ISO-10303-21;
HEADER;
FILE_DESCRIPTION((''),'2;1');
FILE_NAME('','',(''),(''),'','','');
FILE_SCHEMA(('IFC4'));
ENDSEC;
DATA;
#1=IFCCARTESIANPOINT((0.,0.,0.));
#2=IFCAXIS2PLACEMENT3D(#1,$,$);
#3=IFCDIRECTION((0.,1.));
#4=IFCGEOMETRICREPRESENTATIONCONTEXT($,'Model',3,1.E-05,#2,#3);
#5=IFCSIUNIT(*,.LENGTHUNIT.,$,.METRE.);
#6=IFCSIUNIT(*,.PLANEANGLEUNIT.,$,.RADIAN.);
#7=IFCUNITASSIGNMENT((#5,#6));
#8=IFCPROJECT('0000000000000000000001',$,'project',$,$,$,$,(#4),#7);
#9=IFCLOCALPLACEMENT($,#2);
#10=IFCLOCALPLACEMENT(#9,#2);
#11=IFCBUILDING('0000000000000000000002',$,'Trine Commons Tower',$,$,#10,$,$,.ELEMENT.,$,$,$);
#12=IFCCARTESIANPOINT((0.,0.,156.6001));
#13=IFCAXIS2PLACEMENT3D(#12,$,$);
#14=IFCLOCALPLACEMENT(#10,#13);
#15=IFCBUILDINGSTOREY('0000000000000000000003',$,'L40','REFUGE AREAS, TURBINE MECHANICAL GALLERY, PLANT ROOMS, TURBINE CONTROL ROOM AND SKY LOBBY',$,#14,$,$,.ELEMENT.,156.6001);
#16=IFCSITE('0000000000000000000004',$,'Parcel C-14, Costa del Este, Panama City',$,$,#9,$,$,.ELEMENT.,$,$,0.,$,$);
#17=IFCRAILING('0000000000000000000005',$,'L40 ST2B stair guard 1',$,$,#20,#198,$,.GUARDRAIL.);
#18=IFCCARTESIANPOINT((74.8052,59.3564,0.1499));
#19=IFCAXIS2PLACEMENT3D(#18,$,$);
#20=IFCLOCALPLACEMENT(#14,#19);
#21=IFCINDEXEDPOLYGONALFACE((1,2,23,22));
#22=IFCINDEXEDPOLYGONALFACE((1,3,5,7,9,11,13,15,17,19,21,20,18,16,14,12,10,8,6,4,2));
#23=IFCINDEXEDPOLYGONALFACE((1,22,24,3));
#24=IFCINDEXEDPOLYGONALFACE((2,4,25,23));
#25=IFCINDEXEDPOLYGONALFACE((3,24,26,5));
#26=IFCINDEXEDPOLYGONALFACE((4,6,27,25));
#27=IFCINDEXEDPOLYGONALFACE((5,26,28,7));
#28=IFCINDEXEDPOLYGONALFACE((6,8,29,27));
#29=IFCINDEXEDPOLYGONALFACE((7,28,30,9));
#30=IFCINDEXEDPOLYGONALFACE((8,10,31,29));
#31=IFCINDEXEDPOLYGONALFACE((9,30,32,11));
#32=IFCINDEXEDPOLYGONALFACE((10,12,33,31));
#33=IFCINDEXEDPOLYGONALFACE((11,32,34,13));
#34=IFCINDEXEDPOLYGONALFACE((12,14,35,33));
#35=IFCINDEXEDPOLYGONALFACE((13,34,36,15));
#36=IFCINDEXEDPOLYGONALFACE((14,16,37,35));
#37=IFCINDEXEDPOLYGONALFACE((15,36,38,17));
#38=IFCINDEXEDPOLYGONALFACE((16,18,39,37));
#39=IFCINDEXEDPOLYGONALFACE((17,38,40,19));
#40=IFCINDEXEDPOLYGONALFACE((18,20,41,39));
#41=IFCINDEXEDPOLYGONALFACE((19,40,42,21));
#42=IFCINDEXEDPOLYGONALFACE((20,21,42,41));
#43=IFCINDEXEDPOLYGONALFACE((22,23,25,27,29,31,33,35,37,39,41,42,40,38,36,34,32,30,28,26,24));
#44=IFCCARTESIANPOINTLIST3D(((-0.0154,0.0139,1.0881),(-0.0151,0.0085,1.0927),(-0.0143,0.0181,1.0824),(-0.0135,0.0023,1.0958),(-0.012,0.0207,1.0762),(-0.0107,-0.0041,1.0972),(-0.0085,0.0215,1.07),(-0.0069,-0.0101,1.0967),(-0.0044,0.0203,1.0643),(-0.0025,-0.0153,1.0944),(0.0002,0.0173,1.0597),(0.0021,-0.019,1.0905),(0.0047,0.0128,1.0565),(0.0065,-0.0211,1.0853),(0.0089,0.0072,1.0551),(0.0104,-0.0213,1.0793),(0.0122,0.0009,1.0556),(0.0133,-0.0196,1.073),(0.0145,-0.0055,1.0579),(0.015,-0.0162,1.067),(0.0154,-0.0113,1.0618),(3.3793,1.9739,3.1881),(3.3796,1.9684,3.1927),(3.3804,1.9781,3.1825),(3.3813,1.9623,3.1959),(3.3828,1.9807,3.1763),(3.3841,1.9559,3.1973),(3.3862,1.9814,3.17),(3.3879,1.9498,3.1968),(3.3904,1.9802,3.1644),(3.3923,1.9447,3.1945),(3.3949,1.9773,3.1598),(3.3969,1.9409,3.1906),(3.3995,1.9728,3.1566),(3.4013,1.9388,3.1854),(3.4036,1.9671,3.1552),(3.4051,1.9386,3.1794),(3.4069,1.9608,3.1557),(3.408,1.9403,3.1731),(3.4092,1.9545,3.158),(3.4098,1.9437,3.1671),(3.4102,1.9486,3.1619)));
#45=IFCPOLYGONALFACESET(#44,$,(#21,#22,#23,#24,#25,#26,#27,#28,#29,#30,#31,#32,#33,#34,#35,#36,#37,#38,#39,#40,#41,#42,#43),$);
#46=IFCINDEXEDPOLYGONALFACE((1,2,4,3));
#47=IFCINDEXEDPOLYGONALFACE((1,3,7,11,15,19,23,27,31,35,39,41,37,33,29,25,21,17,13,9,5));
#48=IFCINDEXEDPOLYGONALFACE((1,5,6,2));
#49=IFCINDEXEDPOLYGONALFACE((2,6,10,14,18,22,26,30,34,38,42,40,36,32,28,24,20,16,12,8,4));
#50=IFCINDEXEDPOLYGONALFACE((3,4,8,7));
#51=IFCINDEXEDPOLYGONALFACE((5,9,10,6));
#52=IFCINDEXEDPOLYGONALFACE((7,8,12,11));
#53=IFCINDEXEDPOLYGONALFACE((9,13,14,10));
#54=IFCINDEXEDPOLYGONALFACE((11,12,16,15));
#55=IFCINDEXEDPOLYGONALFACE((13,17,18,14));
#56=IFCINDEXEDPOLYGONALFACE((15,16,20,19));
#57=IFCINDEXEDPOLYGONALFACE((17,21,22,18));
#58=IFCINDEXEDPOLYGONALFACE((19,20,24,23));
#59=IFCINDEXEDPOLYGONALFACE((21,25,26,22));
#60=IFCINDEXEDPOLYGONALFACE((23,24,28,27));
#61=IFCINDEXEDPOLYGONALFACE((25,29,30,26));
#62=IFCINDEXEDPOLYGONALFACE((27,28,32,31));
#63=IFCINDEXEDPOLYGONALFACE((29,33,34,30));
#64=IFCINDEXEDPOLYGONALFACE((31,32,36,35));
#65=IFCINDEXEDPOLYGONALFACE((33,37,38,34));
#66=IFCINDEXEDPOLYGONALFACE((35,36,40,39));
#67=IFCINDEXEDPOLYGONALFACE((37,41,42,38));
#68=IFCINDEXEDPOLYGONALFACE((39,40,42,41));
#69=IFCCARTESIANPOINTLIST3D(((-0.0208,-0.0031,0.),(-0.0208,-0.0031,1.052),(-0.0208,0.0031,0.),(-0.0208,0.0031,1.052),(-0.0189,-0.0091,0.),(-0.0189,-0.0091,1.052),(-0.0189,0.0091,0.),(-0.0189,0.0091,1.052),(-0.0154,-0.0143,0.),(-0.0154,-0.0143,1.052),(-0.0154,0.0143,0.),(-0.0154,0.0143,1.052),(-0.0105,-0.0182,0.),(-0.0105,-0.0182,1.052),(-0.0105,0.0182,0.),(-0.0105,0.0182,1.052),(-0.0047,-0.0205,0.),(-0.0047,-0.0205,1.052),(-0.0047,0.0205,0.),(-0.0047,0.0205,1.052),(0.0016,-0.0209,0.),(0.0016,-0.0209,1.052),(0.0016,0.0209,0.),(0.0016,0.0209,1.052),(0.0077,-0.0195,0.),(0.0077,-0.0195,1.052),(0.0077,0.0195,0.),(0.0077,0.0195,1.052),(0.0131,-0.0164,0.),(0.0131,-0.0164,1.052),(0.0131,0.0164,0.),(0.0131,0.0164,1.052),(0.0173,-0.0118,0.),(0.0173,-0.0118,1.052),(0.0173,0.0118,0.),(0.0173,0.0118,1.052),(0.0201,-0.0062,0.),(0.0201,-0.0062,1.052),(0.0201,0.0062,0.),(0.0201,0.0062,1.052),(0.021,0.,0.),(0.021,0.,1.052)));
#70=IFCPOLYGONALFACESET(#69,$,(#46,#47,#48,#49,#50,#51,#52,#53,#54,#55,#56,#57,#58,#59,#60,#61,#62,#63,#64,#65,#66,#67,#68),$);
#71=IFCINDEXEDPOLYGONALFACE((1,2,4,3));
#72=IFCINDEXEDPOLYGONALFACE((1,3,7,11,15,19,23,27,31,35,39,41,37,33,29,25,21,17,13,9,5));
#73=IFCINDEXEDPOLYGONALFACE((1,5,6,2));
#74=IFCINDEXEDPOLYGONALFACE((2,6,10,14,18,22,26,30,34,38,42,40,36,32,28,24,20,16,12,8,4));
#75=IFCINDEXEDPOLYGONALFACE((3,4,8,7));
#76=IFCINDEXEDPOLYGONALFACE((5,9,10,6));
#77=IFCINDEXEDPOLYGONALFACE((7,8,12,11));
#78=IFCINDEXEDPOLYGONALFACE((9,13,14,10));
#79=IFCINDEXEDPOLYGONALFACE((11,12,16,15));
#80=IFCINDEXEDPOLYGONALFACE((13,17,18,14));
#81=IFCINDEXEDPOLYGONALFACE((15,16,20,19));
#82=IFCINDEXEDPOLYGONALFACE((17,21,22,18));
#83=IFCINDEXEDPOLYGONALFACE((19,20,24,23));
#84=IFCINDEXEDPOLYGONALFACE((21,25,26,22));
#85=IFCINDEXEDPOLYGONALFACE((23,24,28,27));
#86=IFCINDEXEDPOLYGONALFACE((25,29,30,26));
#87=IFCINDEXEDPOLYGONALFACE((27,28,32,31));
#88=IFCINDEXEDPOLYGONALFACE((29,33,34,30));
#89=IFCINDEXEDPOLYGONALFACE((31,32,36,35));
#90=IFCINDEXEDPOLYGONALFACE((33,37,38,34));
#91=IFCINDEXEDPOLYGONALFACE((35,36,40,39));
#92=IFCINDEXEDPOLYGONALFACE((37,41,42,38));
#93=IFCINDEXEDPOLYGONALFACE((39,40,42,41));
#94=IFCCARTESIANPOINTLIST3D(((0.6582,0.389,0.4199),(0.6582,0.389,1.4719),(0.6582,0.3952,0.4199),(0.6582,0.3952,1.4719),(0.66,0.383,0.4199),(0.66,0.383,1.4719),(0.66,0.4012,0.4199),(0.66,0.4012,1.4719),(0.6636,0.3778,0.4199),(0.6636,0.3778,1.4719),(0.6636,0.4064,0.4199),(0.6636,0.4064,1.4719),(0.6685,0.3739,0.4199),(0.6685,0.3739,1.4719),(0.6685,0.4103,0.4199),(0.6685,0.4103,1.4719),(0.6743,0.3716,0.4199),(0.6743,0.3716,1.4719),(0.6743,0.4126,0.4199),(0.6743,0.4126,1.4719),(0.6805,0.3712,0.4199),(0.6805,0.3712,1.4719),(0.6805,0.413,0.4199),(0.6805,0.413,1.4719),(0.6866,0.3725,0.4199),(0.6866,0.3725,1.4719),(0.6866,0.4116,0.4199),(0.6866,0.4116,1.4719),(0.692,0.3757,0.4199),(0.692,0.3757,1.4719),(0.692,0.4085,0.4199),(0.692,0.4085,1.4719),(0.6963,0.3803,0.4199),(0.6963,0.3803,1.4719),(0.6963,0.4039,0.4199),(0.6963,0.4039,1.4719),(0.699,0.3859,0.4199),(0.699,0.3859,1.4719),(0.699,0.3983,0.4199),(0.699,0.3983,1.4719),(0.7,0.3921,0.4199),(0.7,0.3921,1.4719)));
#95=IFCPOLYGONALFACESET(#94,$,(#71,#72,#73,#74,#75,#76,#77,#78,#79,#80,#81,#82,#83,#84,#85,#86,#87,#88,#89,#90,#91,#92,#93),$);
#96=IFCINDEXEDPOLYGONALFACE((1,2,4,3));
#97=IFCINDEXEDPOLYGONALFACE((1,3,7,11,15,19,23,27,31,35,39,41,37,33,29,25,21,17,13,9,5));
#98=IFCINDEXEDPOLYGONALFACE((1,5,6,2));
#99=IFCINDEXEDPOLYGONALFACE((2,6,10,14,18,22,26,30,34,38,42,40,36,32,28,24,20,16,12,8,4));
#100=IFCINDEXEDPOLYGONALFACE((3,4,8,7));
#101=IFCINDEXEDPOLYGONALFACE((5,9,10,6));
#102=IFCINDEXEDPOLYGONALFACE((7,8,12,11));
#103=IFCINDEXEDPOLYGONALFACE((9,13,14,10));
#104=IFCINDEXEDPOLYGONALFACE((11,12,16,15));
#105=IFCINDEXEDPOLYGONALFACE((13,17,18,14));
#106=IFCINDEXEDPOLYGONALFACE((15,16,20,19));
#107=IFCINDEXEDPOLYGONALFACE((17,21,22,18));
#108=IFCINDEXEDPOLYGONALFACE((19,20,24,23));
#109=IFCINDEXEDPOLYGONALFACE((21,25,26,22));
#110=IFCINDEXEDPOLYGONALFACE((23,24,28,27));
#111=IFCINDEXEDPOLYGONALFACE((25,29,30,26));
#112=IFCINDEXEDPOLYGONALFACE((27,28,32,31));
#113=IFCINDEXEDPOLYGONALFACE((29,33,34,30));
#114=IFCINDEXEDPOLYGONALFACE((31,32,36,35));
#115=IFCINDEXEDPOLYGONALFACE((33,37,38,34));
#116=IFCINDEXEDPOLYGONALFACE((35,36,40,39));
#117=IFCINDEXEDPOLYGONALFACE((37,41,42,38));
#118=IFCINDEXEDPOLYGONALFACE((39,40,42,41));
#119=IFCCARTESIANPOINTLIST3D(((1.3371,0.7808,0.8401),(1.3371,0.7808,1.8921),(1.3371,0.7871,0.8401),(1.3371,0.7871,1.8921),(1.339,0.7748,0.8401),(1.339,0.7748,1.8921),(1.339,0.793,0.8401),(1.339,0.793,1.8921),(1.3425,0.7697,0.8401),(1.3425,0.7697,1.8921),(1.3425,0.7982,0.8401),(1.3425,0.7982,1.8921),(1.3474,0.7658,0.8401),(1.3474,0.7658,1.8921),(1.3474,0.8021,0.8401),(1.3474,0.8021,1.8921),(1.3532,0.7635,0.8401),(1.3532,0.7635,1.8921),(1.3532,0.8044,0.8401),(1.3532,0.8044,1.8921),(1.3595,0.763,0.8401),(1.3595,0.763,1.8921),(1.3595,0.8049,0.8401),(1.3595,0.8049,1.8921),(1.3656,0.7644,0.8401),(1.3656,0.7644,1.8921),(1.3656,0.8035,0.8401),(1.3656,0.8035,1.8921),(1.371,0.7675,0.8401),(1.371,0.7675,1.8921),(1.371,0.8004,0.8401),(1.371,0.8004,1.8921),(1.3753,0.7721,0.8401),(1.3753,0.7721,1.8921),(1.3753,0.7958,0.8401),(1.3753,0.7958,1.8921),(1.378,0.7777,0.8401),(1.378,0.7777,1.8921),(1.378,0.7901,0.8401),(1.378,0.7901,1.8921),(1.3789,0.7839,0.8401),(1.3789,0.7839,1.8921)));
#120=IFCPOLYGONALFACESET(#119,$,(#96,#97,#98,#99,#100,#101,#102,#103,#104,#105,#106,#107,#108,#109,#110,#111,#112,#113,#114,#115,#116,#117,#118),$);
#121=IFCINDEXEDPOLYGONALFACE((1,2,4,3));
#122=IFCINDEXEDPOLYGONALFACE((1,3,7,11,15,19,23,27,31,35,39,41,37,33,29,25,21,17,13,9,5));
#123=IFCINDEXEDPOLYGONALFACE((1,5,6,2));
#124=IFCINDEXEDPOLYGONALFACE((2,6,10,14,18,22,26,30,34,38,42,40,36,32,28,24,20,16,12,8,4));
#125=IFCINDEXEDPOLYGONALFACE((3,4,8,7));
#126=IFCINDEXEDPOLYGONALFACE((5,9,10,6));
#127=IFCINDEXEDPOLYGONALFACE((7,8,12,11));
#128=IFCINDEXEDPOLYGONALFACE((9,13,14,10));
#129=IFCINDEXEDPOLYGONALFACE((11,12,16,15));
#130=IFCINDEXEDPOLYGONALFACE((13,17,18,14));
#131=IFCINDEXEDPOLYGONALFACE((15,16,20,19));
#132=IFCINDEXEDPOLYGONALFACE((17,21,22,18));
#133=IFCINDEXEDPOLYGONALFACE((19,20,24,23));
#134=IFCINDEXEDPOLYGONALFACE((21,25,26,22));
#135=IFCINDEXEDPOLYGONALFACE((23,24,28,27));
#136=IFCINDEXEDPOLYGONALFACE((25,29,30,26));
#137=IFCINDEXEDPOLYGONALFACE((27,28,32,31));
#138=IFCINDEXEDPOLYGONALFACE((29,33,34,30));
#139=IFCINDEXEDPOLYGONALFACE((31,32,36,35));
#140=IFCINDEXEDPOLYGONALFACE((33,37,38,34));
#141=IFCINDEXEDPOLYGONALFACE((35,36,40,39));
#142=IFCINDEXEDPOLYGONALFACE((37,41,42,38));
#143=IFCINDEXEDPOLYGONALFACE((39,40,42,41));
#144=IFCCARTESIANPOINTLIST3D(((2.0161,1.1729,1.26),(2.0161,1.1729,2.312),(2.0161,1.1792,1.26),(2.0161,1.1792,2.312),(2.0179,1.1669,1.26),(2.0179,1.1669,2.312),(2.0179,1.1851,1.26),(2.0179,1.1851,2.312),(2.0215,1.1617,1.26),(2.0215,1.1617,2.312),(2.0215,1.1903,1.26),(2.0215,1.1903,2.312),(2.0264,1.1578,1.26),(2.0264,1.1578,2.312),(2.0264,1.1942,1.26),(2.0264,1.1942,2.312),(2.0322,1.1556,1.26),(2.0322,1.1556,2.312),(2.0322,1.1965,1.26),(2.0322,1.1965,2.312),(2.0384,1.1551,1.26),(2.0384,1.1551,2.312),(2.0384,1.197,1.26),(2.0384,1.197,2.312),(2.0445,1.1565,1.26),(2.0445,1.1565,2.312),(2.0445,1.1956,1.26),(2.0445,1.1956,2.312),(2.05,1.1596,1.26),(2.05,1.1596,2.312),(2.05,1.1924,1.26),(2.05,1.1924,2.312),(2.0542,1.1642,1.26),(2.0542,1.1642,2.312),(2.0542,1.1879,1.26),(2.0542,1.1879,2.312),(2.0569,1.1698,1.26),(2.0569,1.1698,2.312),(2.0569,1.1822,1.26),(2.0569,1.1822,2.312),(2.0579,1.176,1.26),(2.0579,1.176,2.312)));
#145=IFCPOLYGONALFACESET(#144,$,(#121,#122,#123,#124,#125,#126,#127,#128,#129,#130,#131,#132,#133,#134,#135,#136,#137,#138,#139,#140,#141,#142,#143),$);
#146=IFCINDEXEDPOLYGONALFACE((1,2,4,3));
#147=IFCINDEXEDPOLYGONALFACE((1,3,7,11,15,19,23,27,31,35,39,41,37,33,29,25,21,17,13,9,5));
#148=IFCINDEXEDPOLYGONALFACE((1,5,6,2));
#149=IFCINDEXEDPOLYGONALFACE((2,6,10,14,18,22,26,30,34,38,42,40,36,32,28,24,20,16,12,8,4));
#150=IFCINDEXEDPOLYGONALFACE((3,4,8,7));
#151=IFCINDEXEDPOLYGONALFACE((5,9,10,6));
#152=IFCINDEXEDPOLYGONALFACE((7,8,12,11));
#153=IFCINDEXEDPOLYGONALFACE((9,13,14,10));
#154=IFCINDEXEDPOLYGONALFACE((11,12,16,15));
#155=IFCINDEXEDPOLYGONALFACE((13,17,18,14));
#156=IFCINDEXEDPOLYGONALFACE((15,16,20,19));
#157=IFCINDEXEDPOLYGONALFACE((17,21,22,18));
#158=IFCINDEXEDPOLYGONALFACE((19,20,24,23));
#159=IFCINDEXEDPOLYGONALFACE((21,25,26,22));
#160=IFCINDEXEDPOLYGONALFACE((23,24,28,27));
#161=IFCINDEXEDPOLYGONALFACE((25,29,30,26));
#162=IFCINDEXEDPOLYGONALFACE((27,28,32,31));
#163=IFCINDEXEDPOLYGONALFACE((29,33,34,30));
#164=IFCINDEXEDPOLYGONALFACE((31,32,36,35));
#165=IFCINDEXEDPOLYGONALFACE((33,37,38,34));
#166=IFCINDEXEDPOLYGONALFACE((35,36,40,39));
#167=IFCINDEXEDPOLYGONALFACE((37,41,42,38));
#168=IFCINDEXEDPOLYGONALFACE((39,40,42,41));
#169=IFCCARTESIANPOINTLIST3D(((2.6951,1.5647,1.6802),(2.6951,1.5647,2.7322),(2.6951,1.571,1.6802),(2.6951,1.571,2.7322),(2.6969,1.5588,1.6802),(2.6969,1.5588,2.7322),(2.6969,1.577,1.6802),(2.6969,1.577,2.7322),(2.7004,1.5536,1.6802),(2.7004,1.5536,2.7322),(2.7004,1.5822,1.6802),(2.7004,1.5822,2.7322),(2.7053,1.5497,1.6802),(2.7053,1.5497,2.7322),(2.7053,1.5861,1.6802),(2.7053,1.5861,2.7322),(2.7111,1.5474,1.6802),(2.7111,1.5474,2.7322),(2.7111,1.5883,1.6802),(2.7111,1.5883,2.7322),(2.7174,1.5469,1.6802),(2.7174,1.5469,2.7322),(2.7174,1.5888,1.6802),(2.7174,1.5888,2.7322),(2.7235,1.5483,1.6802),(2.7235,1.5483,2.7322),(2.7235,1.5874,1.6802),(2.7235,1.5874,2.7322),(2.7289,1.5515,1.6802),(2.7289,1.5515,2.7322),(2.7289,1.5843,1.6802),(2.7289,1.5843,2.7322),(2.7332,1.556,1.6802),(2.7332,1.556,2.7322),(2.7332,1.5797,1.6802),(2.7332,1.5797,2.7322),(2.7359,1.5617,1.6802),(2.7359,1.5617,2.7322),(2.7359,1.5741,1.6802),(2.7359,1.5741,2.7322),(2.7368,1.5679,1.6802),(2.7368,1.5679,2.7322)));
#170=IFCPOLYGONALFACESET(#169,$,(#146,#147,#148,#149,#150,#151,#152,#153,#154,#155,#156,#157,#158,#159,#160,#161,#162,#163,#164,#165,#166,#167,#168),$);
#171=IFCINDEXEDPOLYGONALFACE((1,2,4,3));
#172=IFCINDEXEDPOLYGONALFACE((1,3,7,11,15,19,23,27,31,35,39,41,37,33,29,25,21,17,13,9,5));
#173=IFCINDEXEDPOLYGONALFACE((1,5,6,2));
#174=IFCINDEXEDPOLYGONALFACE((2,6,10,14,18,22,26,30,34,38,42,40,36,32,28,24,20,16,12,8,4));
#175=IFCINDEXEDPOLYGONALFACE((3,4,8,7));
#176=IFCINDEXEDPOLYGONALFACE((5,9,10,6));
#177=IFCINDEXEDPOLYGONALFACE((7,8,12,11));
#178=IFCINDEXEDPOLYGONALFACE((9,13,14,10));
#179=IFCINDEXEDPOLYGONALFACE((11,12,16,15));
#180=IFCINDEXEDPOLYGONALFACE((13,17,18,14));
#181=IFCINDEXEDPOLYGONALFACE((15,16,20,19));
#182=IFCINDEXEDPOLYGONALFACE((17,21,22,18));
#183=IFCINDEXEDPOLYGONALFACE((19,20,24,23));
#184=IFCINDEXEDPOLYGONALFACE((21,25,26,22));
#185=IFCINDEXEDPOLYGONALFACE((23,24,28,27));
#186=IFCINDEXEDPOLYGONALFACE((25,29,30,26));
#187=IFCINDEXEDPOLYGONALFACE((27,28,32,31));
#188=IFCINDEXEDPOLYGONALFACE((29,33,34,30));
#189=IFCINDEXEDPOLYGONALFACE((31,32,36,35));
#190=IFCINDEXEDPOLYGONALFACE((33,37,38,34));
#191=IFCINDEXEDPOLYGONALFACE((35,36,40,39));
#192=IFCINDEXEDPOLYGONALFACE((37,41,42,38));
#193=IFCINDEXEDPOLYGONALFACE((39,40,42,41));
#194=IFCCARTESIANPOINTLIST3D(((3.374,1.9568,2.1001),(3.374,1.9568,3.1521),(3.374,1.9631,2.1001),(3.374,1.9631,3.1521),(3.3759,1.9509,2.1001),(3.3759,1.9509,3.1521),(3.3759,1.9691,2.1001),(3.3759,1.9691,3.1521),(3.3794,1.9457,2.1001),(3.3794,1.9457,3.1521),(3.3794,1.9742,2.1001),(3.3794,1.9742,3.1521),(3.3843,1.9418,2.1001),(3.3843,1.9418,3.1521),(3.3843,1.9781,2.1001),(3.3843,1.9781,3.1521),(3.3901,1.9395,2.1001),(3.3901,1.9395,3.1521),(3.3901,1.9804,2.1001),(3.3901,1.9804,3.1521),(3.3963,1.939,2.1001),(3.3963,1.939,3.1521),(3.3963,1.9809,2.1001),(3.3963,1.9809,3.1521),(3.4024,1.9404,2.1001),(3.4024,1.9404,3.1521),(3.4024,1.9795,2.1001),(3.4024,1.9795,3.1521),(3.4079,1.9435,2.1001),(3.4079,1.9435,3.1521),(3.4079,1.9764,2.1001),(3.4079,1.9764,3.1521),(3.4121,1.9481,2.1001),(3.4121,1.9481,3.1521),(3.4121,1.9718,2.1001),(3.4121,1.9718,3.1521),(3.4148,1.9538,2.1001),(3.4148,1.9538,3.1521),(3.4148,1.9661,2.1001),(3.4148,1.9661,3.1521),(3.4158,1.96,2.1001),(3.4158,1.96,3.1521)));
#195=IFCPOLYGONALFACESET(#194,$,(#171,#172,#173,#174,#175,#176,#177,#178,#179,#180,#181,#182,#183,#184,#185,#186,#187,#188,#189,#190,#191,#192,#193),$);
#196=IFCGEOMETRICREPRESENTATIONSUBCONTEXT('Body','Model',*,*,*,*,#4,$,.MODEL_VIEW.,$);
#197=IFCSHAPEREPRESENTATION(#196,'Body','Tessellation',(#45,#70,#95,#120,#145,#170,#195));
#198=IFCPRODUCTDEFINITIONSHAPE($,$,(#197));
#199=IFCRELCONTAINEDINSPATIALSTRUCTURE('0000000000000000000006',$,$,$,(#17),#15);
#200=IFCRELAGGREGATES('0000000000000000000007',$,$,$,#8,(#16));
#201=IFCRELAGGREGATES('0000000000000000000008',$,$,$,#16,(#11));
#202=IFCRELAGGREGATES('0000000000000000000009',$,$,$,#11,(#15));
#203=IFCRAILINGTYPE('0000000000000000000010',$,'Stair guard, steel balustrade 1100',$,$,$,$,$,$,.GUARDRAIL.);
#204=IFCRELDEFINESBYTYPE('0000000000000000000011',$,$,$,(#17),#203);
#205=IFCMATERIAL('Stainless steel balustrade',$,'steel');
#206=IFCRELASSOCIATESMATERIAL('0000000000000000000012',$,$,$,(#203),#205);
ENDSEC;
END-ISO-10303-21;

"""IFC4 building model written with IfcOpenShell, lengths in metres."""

from ifc_helpers import new_model, si_unit, direction, frame, origin, origin_2d, place, context, subcontext, project, spatial, circle, extrude, material, type_object, element, save


model = new_model("IFC4")

# Units and contexts
model_context = context("Model", 3, precision=1e-05, world=origin(), true_north=direction((0.0, 1.0)))
body_context = subcontext(model_context, "Body", "Model", "MODEL_VIEW")
ifc_project = project(units=[si_unit("LENGTHUNIT", "METRE"), si_unit("PLANEANGLEUNIT", "RADIAN")], contexts=[model_context])

# Site, building, storey
site_placement = place(None, origin())
site = spatial("IfcSite", under=ifc_project, at=site_placement, Name="Parcel C-14, Costa del Este, Panama City", CompositionType="ELEMENT", RefElevation=0.0)
building_placement = place(site_placement, origin())
building = spatial("IfcBuilding", under=site, at=building_placement, Name="Trine Commons Tower", CompositionType="ELEMENT")
storey_placement = place(building_placement, frame((0.0, 0.0, 156.6001)))
storey = spatial("IfcBuildingStorey", under=building, at=storey_placement, Name="L40", Description="REFUGE AREAS, TURBINE MECHANICAL GALLERY, PLANT ROOMS, TURBINE CONTROL ROOM AND SKY LOBBY", CompositionType="ELEMENT", Elevation=156.6001)

# Railing
ifc_material_1 = material(Name="Stainless steel balustrade", Category="steel")
railing_type = type_object("IfcRailingType", Name="Stair guard, steel balustrade 1100", PredefinedType="GUARDRAIL", material=ifc_material_1)
railing_1_placement = place(storey_placement, frame((74.8052, 59.3564, 0.1499)))
element("IfcRailing", 1, at=railing_1_placement, inside=storey, type_object=railing_type, Name="L40 ST2B stair guard 1", PredefinedType="GUARDRAIL", context=body_context, shape_type="SweptSolid", body=[
    extrude(circle(Radius=0.0239, at=origin_2d()), frame((0.0, 0.0, 1.0762), z_axis=(0.763375, 0.440732, 0.472244), x_axis=(-0.499997, 0.866027, 0.0)), (0.0, 0.0, 1.0), 4.447),
    extrude(circle(Radius=0.021, at=origin_2d()), origin(), (0.0, 0.0, 1.0), 1.052),
    extrude(circle(Radius=0.021, at=origin_2d()), frame((0.679, 0.3921, 0.4199)), (0.0, 0.0, 1.0), 1.052),
    extrude(circle(Radius=0.021, at=origin_2d()), frame((1.3579, 0.7839, 0.8401)), (0.0, 0.0, 1.0), 1.052),
    extrude(circle(Radius=0.021, at=origin_2d()), frame((2.0369, 1.176, 1.26)), (0.0, 0.0, 1.0), 1.052),
    extrude(circle(Radius=0.021, at=origin_2d()), frame((2.7158, 1.5679, 1.6802)), (0.0, 0.0, 1.0), 1.052),
    extrude(circle(Radius=0.021, at=origin_2d()), frame((3.3948, 1.96, 2.1001)), (0.0, 0.0, 1.0), 1.052),
])

save(model, "model.ifc")
